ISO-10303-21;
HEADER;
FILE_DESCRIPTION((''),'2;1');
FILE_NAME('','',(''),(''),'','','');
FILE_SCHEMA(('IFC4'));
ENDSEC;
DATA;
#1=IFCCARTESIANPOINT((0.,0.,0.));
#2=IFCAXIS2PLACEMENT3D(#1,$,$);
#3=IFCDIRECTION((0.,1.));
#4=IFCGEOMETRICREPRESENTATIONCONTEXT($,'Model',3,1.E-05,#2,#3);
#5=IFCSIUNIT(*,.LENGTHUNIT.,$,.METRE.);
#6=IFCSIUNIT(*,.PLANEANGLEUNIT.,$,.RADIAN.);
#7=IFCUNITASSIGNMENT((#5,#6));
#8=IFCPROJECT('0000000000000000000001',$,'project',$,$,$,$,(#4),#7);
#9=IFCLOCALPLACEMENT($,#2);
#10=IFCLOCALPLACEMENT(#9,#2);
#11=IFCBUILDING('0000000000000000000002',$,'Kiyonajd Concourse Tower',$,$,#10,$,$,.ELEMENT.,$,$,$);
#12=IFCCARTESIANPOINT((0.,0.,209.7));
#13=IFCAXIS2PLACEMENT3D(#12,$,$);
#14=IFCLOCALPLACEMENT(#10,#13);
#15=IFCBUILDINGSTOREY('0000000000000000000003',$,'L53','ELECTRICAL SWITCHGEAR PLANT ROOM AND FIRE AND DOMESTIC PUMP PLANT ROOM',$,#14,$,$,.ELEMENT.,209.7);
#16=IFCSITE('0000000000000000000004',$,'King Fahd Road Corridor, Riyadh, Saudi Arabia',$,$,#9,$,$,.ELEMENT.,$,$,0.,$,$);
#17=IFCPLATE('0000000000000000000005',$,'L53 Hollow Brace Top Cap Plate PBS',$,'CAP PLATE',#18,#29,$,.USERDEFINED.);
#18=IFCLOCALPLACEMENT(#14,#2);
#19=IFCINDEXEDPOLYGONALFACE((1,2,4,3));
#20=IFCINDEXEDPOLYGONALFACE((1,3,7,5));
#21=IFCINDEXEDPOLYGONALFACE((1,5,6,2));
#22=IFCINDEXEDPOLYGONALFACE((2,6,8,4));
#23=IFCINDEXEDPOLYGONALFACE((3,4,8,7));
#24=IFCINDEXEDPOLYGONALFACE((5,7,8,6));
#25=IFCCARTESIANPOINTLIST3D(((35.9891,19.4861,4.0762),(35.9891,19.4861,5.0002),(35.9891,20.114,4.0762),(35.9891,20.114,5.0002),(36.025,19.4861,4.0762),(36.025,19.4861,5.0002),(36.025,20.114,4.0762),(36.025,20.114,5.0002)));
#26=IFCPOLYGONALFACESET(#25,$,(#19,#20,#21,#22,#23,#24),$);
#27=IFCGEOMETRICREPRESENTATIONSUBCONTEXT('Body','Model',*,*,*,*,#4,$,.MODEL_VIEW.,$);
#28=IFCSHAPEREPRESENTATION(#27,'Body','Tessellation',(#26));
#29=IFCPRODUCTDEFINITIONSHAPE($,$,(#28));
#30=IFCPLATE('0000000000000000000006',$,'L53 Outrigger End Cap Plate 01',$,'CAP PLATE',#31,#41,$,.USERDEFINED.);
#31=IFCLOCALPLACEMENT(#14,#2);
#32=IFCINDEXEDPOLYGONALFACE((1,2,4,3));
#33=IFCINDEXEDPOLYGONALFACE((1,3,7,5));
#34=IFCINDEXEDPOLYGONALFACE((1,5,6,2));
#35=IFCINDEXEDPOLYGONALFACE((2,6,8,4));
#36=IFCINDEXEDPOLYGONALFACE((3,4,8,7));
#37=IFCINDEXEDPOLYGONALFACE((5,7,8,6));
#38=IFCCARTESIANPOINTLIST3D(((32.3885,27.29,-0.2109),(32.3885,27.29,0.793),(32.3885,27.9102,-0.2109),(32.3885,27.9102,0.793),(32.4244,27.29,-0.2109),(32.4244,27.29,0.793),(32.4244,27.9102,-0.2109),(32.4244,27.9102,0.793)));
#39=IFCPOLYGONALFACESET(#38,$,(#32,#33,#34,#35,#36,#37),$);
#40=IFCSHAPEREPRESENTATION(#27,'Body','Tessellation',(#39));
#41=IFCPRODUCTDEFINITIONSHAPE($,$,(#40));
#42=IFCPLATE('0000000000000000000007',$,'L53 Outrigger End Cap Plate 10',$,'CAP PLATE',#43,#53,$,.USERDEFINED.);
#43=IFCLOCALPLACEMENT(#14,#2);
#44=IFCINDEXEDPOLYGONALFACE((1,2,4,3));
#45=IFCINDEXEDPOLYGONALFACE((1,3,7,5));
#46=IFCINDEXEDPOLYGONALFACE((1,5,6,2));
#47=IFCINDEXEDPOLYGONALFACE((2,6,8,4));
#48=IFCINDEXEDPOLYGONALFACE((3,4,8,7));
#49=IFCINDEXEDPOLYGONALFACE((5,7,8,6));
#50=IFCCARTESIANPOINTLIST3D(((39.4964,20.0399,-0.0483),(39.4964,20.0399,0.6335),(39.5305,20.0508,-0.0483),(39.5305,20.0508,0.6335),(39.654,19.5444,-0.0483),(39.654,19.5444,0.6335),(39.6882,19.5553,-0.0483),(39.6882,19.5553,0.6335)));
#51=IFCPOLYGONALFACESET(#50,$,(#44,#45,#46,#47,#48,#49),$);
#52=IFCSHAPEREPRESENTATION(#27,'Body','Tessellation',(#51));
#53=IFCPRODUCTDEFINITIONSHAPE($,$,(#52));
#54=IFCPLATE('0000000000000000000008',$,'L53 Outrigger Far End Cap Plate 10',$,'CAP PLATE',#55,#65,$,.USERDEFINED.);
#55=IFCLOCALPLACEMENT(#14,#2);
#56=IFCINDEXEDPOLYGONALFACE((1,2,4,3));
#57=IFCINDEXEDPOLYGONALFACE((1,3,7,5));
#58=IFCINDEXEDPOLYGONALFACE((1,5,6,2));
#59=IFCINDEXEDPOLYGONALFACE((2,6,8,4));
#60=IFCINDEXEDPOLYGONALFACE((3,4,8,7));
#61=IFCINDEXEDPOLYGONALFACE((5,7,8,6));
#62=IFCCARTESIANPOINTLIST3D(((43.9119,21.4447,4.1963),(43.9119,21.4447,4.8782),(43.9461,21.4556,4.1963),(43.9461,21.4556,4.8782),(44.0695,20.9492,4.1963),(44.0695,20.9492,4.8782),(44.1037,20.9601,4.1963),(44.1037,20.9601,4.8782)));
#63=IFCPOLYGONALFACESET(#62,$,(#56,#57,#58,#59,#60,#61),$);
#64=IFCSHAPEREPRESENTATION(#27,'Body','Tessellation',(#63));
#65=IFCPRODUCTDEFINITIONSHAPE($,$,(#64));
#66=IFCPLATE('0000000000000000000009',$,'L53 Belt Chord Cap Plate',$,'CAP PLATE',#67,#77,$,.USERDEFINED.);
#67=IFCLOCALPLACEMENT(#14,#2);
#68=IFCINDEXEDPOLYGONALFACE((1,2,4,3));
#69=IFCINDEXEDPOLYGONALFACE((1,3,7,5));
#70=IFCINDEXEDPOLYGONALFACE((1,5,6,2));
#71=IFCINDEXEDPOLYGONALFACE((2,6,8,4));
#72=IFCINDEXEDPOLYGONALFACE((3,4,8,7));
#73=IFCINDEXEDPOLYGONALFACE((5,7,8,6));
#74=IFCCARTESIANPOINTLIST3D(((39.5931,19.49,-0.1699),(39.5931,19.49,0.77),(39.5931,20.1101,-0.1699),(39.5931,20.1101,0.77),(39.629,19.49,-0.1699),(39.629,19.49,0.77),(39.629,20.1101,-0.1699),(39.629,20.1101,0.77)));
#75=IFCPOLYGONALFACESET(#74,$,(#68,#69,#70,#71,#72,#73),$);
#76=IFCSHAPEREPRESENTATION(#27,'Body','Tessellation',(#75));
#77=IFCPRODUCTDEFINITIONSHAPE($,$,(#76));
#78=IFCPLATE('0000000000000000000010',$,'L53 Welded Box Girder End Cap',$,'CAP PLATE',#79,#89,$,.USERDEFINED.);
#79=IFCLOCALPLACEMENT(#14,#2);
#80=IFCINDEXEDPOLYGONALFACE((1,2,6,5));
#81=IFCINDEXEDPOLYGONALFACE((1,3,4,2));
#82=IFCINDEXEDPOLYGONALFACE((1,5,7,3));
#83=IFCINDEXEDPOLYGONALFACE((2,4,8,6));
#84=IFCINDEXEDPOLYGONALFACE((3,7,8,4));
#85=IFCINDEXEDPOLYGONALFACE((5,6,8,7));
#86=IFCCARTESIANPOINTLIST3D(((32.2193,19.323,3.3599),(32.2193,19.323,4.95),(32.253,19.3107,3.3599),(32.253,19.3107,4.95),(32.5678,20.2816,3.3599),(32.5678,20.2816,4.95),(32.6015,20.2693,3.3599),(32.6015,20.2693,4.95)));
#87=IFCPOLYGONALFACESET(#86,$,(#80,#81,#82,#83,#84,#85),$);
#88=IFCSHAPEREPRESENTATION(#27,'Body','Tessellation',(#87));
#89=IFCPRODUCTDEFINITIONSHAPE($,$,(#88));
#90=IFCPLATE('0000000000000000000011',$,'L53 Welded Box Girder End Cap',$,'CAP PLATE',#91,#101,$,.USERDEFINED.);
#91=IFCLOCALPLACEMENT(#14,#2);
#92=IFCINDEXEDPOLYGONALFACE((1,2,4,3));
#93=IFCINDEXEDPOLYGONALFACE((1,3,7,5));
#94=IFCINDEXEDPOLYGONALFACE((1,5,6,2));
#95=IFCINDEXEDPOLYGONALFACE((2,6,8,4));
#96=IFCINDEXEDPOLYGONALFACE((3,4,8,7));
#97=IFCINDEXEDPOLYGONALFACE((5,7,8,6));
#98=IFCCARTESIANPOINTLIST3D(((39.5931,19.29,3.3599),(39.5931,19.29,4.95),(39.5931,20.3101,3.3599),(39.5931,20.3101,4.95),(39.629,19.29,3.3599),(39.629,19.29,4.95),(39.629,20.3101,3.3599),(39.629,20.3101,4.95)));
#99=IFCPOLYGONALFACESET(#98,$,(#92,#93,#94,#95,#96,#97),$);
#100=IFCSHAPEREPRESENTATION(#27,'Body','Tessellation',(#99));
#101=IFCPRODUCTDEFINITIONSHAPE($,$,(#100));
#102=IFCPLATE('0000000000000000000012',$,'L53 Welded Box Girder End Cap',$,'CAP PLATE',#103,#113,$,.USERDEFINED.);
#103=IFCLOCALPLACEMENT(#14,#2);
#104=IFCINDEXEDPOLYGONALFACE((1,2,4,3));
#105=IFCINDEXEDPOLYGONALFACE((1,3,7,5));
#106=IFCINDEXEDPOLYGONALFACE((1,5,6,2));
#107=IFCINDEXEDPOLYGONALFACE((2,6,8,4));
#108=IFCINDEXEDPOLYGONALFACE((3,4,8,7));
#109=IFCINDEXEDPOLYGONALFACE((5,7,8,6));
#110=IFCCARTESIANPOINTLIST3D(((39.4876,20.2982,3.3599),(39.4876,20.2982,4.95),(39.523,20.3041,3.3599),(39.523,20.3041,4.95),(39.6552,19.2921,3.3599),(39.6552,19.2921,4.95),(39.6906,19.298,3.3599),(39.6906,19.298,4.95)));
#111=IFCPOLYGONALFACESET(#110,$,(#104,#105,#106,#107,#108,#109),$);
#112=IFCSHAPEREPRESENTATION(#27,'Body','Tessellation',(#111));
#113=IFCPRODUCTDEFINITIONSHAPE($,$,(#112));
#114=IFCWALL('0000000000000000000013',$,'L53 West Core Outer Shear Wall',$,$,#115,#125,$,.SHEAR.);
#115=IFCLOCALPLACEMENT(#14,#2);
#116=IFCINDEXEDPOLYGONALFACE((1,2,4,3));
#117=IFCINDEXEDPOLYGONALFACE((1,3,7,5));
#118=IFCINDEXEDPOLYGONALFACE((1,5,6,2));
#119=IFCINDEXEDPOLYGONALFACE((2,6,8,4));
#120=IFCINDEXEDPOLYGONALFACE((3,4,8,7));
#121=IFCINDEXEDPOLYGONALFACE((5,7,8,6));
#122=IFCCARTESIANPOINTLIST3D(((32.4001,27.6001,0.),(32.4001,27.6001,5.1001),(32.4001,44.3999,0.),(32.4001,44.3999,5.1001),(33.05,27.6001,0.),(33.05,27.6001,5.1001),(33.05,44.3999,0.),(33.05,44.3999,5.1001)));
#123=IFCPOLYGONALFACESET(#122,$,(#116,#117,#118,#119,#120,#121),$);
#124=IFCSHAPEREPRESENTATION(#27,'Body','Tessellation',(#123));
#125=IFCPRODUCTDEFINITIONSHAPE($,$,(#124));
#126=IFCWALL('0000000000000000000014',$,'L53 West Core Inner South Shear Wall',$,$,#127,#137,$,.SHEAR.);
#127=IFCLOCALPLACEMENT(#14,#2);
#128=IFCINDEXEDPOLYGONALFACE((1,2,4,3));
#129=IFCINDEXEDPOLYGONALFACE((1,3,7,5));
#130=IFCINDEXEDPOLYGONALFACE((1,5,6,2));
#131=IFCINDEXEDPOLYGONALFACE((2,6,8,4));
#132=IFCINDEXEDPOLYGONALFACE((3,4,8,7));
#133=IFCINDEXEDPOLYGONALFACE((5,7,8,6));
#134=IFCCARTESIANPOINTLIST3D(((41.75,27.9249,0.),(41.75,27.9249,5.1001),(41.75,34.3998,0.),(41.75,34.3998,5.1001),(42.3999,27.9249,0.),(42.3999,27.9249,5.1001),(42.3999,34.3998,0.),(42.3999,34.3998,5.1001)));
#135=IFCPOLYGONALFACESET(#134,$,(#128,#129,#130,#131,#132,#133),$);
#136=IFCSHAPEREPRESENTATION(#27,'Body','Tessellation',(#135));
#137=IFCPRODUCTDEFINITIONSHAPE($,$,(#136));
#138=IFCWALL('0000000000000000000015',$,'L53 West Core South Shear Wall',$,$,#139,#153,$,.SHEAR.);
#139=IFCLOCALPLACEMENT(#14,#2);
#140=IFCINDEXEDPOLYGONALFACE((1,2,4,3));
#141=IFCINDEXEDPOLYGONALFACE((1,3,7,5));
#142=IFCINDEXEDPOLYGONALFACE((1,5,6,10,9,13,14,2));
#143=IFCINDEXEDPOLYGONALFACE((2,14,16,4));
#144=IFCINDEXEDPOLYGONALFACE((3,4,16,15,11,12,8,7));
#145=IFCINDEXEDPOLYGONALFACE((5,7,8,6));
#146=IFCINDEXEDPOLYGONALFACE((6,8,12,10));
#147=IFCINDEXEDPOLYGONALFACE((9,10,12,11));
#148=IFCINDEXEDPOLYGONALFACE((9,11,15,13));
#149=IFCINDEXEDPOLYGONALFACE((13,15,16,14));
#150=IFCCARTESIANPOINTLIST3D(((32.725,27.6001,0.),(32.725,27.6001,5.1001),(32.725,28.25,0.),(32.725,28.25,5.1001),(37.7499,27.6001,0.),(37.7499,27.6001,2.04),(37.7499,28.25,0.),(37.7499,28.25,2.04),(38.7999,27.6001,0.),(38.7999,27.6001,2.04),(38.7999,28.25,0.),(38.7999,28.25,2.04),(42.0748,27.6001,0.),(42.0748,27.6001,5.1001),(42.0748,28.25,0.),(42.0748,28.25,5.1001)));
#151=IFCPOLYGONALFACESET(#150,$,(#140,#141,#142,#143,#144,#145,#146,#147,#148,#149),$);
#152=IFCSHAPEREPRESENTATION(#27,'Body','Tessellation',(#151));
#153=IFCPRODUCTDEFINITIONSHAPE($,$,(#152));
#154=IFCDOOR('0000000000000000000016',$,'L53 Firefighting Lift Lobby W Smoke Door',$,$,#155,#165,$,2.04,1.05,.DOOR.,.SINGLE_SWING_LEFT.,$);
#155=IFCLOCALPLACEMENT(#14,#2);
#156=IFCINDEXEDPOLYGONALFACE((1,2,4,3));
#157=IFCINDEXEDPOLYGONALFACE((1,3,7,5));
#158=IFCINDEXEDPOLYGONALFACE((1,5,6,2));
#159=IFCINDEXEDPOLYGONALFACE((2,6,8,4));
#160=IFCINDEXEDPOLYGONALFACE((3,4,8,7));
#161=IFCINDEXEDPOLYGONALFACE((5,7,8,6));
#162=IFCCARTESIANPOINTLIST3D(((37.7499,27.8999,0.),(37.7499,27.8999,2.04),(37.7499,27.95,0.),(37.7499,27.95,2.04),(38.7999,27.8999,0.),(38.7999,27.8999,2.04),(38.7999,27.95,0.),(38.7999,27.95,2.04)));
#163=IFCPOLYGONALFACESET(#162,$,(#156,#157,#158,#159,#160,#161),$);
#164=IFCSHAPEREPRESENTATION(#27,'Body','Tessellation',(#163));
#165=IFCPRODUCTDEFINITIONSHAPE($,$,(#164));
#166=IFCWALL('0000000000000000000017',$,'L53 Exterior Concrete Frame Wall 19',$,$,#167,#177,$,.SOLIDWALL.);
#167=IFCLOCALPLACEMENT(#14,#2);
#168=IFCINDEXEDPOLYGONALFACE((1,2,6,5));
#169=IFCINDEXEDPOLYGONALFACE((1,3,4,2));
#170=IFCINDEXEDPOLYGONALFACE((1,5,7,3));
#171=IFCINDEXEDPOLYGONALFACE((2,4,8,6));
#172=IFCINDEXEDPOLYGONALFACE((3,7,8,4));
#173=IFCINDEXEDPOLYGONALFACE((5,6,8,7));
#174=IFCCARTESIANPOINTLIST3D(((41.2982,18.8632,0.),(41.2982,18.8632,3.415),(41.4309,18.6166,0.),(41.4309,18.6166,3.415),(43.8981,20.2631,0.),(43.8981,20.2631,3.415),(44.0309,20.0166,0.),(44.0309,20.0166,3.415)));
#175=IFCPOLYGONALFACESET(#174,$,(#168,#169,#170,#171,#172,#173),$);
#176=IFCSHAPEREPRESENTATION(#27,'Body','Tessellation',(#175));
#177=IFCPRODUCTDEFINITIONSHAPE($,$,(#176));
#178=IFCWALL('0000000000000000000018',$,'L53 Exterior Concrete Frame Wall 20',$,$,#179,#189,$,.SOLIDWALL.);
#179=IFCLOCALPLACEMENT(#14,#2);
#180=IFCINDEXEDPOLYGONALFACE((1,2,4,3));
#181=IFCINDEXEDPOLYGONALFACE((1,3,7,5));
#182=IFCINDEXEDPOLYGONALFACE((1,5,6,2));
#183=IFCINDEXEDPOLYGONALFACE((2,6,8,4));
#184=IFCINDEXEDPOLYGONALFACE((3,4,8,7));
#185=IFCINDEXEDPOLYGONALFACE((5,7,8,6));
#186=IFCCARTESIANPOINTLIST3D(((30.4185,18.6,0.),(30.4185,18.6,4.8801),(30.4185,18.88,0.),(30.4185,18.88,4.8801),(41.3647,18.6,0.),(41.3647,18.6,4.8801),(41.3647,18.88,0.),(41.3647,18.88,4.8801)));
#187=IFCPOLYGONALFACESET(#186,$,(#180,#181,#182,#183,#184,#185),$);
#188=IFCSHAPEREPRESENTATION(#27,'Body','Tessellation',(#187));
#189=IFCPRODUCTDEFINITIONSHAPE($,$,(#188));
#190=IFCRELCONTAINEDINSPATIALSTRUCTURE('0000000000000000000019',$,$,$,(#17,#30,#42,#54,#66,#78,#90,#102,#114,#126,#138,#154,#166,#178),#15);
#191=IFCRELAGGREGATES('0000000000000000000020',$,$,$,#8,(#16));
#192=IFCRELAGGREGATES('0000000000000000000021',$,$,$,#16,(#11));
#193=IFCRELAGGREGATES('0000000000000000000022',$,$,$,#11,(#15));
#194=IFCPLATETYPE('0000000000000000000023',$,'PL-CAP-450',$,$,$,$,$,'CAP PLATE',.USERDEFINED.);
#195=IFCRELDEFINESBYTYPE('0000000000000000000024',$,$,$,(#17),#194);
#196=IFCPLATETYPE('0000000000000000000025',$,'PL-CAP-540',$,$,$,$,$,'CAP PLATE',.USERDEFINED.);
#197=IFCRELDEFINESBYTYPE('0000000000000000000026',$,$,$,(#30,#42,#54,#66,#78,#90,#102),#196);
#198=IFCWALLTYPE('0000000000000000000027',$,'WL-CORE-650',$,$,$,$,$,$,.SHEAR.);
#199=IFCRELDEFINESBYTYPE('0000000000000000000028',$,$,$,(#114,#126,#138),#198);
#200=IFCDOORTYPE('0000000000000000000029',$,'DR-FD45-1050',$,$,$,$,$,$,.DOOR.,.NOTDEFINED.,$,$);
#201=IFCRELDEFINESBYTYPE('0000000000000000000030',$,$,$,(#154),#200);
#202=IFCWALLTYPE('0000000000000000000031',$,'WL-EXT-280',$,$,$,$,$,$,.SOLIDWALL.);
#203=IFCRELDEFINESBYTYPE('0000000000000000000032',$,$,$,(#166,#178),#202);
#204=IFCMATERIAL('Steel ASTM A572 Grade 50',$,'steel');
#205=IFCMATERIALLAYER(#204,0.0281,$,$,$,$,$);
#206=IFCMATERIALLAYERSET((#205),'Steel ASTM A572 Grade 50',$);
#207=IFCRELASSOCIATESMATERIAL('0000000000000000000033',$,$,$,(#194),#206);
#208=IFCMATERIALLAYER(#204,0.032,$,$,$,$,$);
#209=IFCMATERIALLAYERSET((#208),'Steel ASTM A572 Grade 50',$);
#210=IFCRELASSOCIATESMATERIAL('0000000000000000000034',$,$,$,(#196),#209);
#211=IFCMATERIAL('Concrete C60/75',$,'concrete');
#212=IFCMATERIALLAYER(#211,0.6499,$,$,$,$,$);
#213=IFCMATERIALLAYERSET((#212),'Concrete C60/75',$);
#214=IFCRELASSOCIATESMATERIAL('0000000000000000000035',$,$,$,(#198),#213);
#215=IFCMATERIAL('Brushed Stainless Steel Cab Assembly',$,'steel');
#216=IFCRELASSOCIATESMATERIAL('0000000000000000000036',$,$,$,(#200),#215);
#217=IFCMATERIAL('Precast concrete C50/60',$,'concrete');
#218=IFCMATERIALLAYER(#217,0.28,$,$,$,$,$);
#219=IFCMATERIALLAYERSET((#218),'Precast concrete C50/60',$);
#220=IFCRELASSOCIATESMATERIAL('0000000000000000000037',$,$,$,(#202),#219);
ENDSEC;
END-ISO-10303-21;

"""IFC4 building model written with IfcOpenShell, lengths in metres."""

from ifc_helpers import new_model, si_unit, direction, frame, frame_2d, origin, origin_2d, place, context, subcontext, project, spatial, rectangle, extrude, material, layer, layer_set, type_object, element, fill, save


model = new_model("IFC4")

# Units and contexts
model_context = context("Model", 3, precision=1e-05, world=origin(), true_north=direction((0.0, 1.0)))
body_context = subcontext(model_context, "Body", "Model", "MODEL_VIEW")
ifc_project = project(units=[si_unit("LENGTHUNIT", "METRE"), si_unit("PLANEANGLEUNIT", "RADIAN")], contexts=[model_context])

# Site, building, storey
site_placement = place(None, origin())
site = spatial("IfcSite", under=ifc_project, at=site_placement, Name="King Fahd Road Corridor, Riyadh, Saudi Arabia", CompositionType="ELEMENT", RefElevation=0.0)
building_placement = place(site_placement, origin())
building = spatial("IfcBuilding", under=site, at=building_placement, Name="Kiyonajd Concourse Tower", CompositionType="ELEMENT")
storey_placement = place(building_placement, frame((0.0, 0.0, 209.7)))
storey = spatial("IfcBuildingStorey", under=building, at=storey_placement, Name="L53", Description="ELECTRICAL SWITCHGEAR PLANT ROOM AND FIRE AND DOMESTIC PUMP PLANT ROOM", CompositionType="ELEMENT", Elevation=209.7)

# Shared definitions
ifc_material_1 = material(Name="Concrete C60/75", Category="concrete")
ifc_material_2 = material(Name="Steel ASTM A572 Grade 50", Category="steel")

# Plates
ifc_layer_1 = layer(ifc_material_2, 0.0281)
ifc_layer_set_1 = layer_set([ifc_layer_1], Name="Steel ASTM A572 Grade 50")
plate_type_1 = type_object("IfcPlateType", Name="PL-CAP-450", ElementType="CAP PLATE", PredefinedType="USERDEFINED", material=ifc_layer_set_1)
plate_1_placement = place(storey_placement, frame((36.0071, 19.8, 4.0762), z_axis=(0.0, 0.0, 1.0), x_axis=(1.0, 0.0, 0.0)))
element("IfcPlate", 1, at=plate_1_placement, inside=storey, type_object=plate_type_1, Name="L53 Hollow Brace Top Cap Plate PBS", ObjectType="CAP PLATE", PredefinedType="USERDEFINED", context=body_context, shape_type="SweptSolid", body=[
    extrude(rectangle(XDim=0.0359, YDim=0.6279, at=origin_2d()), origin(), (0.0, 0.0, 1.0), 0.9241),
])
ifc_layer_2 = layer(ifc_material_2, 0.032)
ifc_layer_set_2 = layer_set([ifc_layer_2], Name="Steel ASTM A572 Grade 50")
plate_type_2 = type_object("IfcPlateType", Name="PL-CAP-540", ElementType="CAP PLATE", PredefinedType="USERDEFINED", material=ifc_layer_set_2)
plate_2_placement = place(storey_placement, frame((32.4065, 27.6001, -0.2109), z_axis=(0.0, 0.0, 1.0), x_axis=(1.0, 0.0, 0.0)))
element("IfcPlate", 2, at=plate_2_placement, inside=storey, type_object=plate_type_2, Name="L53 Outrigger End Cap Plate 01", ObjectType="CAP PLATE", PredefinedType="USERDEFINED", context=body_context, shape_type="SweptSolid", body=[
    extrude(rectangle(XDim=0.0359, YDim=0.6201, at=origin_2d()), origin(), (0.0, 0.0, 1.0), 1.0039),
])
for number, where, z_axis, x_axis, name in (
    (3, (39.5923, 19.7976, -0.0483), (0.0, 0.0, 1.0), (-0.952926, -0.303202, 0.0), "L53 Outrigger End Cap Plate 10"),
    (4, (44.0078, 21.2024, 4.1963), (0.0, 0.0, 1.0), (0.952926, 0.303202, 0.0), "L53 Outrigger Far End Cap Plate 10"),
):
    element("IfcPlate", number, at=place(storey_placement, frame(where, z_axis=z_axis, x_axis=x_axis)), inside=storey, type_object=plate_type_2, Name=name, ObjectType="CAP PLATE", PredefinedType="USERDEFINED", context=body_context, shape_type="SweptSolid", body=[
        extrude(rectangle(XDim=0.0359, YDim=0.52, at=origin_2d()), origin(), (0.0, 0.0, 1.0), 0.6819),
    ])
plate_3_placement = place(storey_placement, frame((39.6111, 19.8, -0.1699), z_axis=(0.0, 0.0, 1.0), x_axis=(1.0, 0.0, 0.0)))
element("IfcPlate", 5, at=plate_3_placement, inside=storey, type_object=plate_type_2, Name="L53 Belt Chord Cap Plate", ObjectType="CAP PLATE", PredefinedType="USERDEFINED", context=body_context, shape_type="SweptSolid", body=[
    extrude(rectangle(XDim=0.0359, YDim=0.6201, at=origin_2d()), origin(), (0.0, 0.0, 1.0), 0.9399),
])
for number, where, z_axis, x_axis, name in (
    (6, (32.4104, 19.7961, 3.3599), (0.0, 0.0, 1.0), (0.939812, -0.341692, 0.0), "L53 Welded Box Girder End Cap"),
    (7, (39.6111, 19.8, 3.3599), (0.0, 0.0, 1.0), (1.0, 0.0, 0.0), "L53 Welded Box Girder End Cap"),
    (8, (39.5891, 19.7981, 3.3599), (0.0, 0.0, 1.0), (-0.986401, -0.164359, 0.0), "L53 Welded Box Girder End Cap"),
):
    element("IfcPlate", number, at=place(storey_placement, frame(where, z_axis=z_axis, x_axis=x_axis)), inside=storey, type_object=plate_type_2, Name=name, ObjectType="CAP PLATE", PredefinedType="USERDEFINED", context=body_context, shape_type="SweptSolid", body=[
        extrude(rectangle(XDim=0.0359, YDim=1.02, at=origin_2d()), origin(), (0.0, 0.0, 1.0), 1.5901),
    ])

# Walls
ifc_layer_3 = layer(ifc_material_1, 0.6499)
ifc_layer_set_3 = layer_set([ifc_layer_3], Name="Concrete C60/75")
wall_type_1 = type_object("IfcWallType", Name="WL-CORE-650", PredefinedType="SHEAR", material=ifc_layer_set_3)
wall_1_placement = place(storey_placement, frame((32.7251, 27.6001, 0.0), z_axis=(0.0, 0.0, 1.0), x_axis=(0.0, 1.0, 0.0)))
element("IfcWall", 9, at=wall_1_placement, inside=storey, type_object=wall_type_1, Name="L53 West Core Outer Shear Wall", PredefinedType="SHEAR", context=body_context, shape_type="SweptSolid", body=[
    extrude(rectangle(XDim=16.7998, YDim=0.6499, at=frame_2d((8.3999, 0.0))), origin(), (0.0, 0.0, 1.0), 5.1001),
])
wall_2_placement = place(storey_placement, frame((42.075, 27.925, 0.0), z_axis=(0.0, 0.0, 1.0), x_axis=(0.0, 1.0, 0.0)))
element("IfcWall", 10, at=wall_2_placement, inside=storey, type_object=wall_type_1, Name="L53 West Core Inner South Shear Wall", PredefinedType="SHEAR", context=body_context, shape_type="SweptSolid", body=[
    extrude(rectangle(XDim=6.4749, YDim=0.6499, at=frame_2d((3.2373, 0.0))), origin(), (0.0, 0.0, 1.0), 5.1001),
])

# Wall, opening, door
wall_3_placement = place(storey_placement, frame((32.7251, 27.925, 0.0), z_axis=(0.0, 0.0, 1.0), x_axis=(1.0, 0.0, 0.0)))
wall_3 = element("IfcWall", 11, at=wall_3_placement, inside=storey, type_object=wall_type_1, Name="L53 West Core South Shear Wall", PredefinedType="SHEAR", context=body_context, shape_type="SweptSolid", body=[
    extrude(rectangle(XDim=9.3499, YDim=0.6499, at=frame_2d((4.6748, 0.0))), origin(), (0.0, 0.0, 1.0), 5.1001),
])
opening_placement = place(wall_3_placement, frame((5.0249, 0.0, 0.0)))
opening = element("IfcOpeningElement", 12, at=opening_placement, cuts=wall_3, PredefinedType="OPENING", context=body_context, shape_type="SweptSolid", body=[
    extrude(rectangle(XDim=1.05, YDim=2.04, at=frame_2d((0.5249, 1.02))), frame((0.0, 0.335, 0.0), z_axis=(0.0, -1.0, 0.0), x_axis=(1.0, 0.0, 0.0)), (0.0, 0.0, 1.0), 0.6699),
])
ifc_material_3 = material(Name="Brushed Stainless Steel Cab Assembly", Category="steel")
door_type = type_object("IfcDoorType", Name="DR-FD45-1050", OperationType="NOTDEFINED", PredefinedType="DOOR", material=ifc_material_3)
door_placement = place(opening_placement, origin())
door = element("IfcDoor", 13, at=door_placement, inside=storey, type_object=door_type, Name="L53 Firefighting Lift Lobby W Smoke Door", OperationType="SINGLE_SWING_LEFT", OverallHeight=2.04, OverallWidth=1.05, PredefinedType="DOOR", context=body_context, shape_type="SweptSolid", body=[
    extrude(rectangle(XDim=1.05, YDim=2.04, at=frame_2d((0.5249, 1.02))), frame((0.0, 0.0249, 0.0), z_axis=(0.0, -1.0, 0.0), x_axis=(1.0, 0.0, 0.0)), (0.0, 0.0, 1.0), 0.05),
])
fill(opening, door)

# Walls
ifc_material_4 = material(Name="Precast concrete C50/60", Category="concrete")
ifc_layer_4 = layer(ifc_material_4, 0.28)
ifc_layer_set_4 = layer_set([ifc_layer_4], Name="Precast concrete C50/60")
wall_type_2 = type_object("IfcWallType", Name="WL-EXT-280", PredefinedType="SOLIDWALL", material=ifc_layer_set_4)
wall_4_placement = place(storey_placement, frame((43.9646, 20.1399, 0.0), z_axis=(0.0, 0.0, 1.0), x_axis=(-0.880474, -0.474095, 0.0)))
element("IfcWall", 14, at=wall_4_placement, inside=storey, type_object=wall_type_2, Name="L53 Exterior Concrete Frame Wall 19", PredefinedType="SOLIDWALL", context=body_context, shape_type="SweptSolid", body=[
    extrude(rectangle(XDim=2.9529, YDim=0.28, at=frame_2d((1.4766, 0.0))), origin(), (0.0, 0.0, 1.0), 3.415),
])
wall_5_placement = place(storey_placement, frame((41.3647, 18.74, 0.0), z_axis=(0.0, 0.0, 1.0), x_axis=(-1.0, 0.0, 0.0)))
element("IfcWall", 15, at=wall_5_placement, inside=storey, type_object=wall_type_2, Name="L53 Exterior Concrete Frame Wall 20", PredefinedType="SOLIDWALL", context=body_context, shape_type="SweptSolid", body=[
    extrude(rectangle(XDim=10.9463, YDim=0.28, at=frame_2d((5.4731, 0.0))), origin(), (0.0, 0.0, 1.0), 4.8801),
])

save(model, "model.ifc")
